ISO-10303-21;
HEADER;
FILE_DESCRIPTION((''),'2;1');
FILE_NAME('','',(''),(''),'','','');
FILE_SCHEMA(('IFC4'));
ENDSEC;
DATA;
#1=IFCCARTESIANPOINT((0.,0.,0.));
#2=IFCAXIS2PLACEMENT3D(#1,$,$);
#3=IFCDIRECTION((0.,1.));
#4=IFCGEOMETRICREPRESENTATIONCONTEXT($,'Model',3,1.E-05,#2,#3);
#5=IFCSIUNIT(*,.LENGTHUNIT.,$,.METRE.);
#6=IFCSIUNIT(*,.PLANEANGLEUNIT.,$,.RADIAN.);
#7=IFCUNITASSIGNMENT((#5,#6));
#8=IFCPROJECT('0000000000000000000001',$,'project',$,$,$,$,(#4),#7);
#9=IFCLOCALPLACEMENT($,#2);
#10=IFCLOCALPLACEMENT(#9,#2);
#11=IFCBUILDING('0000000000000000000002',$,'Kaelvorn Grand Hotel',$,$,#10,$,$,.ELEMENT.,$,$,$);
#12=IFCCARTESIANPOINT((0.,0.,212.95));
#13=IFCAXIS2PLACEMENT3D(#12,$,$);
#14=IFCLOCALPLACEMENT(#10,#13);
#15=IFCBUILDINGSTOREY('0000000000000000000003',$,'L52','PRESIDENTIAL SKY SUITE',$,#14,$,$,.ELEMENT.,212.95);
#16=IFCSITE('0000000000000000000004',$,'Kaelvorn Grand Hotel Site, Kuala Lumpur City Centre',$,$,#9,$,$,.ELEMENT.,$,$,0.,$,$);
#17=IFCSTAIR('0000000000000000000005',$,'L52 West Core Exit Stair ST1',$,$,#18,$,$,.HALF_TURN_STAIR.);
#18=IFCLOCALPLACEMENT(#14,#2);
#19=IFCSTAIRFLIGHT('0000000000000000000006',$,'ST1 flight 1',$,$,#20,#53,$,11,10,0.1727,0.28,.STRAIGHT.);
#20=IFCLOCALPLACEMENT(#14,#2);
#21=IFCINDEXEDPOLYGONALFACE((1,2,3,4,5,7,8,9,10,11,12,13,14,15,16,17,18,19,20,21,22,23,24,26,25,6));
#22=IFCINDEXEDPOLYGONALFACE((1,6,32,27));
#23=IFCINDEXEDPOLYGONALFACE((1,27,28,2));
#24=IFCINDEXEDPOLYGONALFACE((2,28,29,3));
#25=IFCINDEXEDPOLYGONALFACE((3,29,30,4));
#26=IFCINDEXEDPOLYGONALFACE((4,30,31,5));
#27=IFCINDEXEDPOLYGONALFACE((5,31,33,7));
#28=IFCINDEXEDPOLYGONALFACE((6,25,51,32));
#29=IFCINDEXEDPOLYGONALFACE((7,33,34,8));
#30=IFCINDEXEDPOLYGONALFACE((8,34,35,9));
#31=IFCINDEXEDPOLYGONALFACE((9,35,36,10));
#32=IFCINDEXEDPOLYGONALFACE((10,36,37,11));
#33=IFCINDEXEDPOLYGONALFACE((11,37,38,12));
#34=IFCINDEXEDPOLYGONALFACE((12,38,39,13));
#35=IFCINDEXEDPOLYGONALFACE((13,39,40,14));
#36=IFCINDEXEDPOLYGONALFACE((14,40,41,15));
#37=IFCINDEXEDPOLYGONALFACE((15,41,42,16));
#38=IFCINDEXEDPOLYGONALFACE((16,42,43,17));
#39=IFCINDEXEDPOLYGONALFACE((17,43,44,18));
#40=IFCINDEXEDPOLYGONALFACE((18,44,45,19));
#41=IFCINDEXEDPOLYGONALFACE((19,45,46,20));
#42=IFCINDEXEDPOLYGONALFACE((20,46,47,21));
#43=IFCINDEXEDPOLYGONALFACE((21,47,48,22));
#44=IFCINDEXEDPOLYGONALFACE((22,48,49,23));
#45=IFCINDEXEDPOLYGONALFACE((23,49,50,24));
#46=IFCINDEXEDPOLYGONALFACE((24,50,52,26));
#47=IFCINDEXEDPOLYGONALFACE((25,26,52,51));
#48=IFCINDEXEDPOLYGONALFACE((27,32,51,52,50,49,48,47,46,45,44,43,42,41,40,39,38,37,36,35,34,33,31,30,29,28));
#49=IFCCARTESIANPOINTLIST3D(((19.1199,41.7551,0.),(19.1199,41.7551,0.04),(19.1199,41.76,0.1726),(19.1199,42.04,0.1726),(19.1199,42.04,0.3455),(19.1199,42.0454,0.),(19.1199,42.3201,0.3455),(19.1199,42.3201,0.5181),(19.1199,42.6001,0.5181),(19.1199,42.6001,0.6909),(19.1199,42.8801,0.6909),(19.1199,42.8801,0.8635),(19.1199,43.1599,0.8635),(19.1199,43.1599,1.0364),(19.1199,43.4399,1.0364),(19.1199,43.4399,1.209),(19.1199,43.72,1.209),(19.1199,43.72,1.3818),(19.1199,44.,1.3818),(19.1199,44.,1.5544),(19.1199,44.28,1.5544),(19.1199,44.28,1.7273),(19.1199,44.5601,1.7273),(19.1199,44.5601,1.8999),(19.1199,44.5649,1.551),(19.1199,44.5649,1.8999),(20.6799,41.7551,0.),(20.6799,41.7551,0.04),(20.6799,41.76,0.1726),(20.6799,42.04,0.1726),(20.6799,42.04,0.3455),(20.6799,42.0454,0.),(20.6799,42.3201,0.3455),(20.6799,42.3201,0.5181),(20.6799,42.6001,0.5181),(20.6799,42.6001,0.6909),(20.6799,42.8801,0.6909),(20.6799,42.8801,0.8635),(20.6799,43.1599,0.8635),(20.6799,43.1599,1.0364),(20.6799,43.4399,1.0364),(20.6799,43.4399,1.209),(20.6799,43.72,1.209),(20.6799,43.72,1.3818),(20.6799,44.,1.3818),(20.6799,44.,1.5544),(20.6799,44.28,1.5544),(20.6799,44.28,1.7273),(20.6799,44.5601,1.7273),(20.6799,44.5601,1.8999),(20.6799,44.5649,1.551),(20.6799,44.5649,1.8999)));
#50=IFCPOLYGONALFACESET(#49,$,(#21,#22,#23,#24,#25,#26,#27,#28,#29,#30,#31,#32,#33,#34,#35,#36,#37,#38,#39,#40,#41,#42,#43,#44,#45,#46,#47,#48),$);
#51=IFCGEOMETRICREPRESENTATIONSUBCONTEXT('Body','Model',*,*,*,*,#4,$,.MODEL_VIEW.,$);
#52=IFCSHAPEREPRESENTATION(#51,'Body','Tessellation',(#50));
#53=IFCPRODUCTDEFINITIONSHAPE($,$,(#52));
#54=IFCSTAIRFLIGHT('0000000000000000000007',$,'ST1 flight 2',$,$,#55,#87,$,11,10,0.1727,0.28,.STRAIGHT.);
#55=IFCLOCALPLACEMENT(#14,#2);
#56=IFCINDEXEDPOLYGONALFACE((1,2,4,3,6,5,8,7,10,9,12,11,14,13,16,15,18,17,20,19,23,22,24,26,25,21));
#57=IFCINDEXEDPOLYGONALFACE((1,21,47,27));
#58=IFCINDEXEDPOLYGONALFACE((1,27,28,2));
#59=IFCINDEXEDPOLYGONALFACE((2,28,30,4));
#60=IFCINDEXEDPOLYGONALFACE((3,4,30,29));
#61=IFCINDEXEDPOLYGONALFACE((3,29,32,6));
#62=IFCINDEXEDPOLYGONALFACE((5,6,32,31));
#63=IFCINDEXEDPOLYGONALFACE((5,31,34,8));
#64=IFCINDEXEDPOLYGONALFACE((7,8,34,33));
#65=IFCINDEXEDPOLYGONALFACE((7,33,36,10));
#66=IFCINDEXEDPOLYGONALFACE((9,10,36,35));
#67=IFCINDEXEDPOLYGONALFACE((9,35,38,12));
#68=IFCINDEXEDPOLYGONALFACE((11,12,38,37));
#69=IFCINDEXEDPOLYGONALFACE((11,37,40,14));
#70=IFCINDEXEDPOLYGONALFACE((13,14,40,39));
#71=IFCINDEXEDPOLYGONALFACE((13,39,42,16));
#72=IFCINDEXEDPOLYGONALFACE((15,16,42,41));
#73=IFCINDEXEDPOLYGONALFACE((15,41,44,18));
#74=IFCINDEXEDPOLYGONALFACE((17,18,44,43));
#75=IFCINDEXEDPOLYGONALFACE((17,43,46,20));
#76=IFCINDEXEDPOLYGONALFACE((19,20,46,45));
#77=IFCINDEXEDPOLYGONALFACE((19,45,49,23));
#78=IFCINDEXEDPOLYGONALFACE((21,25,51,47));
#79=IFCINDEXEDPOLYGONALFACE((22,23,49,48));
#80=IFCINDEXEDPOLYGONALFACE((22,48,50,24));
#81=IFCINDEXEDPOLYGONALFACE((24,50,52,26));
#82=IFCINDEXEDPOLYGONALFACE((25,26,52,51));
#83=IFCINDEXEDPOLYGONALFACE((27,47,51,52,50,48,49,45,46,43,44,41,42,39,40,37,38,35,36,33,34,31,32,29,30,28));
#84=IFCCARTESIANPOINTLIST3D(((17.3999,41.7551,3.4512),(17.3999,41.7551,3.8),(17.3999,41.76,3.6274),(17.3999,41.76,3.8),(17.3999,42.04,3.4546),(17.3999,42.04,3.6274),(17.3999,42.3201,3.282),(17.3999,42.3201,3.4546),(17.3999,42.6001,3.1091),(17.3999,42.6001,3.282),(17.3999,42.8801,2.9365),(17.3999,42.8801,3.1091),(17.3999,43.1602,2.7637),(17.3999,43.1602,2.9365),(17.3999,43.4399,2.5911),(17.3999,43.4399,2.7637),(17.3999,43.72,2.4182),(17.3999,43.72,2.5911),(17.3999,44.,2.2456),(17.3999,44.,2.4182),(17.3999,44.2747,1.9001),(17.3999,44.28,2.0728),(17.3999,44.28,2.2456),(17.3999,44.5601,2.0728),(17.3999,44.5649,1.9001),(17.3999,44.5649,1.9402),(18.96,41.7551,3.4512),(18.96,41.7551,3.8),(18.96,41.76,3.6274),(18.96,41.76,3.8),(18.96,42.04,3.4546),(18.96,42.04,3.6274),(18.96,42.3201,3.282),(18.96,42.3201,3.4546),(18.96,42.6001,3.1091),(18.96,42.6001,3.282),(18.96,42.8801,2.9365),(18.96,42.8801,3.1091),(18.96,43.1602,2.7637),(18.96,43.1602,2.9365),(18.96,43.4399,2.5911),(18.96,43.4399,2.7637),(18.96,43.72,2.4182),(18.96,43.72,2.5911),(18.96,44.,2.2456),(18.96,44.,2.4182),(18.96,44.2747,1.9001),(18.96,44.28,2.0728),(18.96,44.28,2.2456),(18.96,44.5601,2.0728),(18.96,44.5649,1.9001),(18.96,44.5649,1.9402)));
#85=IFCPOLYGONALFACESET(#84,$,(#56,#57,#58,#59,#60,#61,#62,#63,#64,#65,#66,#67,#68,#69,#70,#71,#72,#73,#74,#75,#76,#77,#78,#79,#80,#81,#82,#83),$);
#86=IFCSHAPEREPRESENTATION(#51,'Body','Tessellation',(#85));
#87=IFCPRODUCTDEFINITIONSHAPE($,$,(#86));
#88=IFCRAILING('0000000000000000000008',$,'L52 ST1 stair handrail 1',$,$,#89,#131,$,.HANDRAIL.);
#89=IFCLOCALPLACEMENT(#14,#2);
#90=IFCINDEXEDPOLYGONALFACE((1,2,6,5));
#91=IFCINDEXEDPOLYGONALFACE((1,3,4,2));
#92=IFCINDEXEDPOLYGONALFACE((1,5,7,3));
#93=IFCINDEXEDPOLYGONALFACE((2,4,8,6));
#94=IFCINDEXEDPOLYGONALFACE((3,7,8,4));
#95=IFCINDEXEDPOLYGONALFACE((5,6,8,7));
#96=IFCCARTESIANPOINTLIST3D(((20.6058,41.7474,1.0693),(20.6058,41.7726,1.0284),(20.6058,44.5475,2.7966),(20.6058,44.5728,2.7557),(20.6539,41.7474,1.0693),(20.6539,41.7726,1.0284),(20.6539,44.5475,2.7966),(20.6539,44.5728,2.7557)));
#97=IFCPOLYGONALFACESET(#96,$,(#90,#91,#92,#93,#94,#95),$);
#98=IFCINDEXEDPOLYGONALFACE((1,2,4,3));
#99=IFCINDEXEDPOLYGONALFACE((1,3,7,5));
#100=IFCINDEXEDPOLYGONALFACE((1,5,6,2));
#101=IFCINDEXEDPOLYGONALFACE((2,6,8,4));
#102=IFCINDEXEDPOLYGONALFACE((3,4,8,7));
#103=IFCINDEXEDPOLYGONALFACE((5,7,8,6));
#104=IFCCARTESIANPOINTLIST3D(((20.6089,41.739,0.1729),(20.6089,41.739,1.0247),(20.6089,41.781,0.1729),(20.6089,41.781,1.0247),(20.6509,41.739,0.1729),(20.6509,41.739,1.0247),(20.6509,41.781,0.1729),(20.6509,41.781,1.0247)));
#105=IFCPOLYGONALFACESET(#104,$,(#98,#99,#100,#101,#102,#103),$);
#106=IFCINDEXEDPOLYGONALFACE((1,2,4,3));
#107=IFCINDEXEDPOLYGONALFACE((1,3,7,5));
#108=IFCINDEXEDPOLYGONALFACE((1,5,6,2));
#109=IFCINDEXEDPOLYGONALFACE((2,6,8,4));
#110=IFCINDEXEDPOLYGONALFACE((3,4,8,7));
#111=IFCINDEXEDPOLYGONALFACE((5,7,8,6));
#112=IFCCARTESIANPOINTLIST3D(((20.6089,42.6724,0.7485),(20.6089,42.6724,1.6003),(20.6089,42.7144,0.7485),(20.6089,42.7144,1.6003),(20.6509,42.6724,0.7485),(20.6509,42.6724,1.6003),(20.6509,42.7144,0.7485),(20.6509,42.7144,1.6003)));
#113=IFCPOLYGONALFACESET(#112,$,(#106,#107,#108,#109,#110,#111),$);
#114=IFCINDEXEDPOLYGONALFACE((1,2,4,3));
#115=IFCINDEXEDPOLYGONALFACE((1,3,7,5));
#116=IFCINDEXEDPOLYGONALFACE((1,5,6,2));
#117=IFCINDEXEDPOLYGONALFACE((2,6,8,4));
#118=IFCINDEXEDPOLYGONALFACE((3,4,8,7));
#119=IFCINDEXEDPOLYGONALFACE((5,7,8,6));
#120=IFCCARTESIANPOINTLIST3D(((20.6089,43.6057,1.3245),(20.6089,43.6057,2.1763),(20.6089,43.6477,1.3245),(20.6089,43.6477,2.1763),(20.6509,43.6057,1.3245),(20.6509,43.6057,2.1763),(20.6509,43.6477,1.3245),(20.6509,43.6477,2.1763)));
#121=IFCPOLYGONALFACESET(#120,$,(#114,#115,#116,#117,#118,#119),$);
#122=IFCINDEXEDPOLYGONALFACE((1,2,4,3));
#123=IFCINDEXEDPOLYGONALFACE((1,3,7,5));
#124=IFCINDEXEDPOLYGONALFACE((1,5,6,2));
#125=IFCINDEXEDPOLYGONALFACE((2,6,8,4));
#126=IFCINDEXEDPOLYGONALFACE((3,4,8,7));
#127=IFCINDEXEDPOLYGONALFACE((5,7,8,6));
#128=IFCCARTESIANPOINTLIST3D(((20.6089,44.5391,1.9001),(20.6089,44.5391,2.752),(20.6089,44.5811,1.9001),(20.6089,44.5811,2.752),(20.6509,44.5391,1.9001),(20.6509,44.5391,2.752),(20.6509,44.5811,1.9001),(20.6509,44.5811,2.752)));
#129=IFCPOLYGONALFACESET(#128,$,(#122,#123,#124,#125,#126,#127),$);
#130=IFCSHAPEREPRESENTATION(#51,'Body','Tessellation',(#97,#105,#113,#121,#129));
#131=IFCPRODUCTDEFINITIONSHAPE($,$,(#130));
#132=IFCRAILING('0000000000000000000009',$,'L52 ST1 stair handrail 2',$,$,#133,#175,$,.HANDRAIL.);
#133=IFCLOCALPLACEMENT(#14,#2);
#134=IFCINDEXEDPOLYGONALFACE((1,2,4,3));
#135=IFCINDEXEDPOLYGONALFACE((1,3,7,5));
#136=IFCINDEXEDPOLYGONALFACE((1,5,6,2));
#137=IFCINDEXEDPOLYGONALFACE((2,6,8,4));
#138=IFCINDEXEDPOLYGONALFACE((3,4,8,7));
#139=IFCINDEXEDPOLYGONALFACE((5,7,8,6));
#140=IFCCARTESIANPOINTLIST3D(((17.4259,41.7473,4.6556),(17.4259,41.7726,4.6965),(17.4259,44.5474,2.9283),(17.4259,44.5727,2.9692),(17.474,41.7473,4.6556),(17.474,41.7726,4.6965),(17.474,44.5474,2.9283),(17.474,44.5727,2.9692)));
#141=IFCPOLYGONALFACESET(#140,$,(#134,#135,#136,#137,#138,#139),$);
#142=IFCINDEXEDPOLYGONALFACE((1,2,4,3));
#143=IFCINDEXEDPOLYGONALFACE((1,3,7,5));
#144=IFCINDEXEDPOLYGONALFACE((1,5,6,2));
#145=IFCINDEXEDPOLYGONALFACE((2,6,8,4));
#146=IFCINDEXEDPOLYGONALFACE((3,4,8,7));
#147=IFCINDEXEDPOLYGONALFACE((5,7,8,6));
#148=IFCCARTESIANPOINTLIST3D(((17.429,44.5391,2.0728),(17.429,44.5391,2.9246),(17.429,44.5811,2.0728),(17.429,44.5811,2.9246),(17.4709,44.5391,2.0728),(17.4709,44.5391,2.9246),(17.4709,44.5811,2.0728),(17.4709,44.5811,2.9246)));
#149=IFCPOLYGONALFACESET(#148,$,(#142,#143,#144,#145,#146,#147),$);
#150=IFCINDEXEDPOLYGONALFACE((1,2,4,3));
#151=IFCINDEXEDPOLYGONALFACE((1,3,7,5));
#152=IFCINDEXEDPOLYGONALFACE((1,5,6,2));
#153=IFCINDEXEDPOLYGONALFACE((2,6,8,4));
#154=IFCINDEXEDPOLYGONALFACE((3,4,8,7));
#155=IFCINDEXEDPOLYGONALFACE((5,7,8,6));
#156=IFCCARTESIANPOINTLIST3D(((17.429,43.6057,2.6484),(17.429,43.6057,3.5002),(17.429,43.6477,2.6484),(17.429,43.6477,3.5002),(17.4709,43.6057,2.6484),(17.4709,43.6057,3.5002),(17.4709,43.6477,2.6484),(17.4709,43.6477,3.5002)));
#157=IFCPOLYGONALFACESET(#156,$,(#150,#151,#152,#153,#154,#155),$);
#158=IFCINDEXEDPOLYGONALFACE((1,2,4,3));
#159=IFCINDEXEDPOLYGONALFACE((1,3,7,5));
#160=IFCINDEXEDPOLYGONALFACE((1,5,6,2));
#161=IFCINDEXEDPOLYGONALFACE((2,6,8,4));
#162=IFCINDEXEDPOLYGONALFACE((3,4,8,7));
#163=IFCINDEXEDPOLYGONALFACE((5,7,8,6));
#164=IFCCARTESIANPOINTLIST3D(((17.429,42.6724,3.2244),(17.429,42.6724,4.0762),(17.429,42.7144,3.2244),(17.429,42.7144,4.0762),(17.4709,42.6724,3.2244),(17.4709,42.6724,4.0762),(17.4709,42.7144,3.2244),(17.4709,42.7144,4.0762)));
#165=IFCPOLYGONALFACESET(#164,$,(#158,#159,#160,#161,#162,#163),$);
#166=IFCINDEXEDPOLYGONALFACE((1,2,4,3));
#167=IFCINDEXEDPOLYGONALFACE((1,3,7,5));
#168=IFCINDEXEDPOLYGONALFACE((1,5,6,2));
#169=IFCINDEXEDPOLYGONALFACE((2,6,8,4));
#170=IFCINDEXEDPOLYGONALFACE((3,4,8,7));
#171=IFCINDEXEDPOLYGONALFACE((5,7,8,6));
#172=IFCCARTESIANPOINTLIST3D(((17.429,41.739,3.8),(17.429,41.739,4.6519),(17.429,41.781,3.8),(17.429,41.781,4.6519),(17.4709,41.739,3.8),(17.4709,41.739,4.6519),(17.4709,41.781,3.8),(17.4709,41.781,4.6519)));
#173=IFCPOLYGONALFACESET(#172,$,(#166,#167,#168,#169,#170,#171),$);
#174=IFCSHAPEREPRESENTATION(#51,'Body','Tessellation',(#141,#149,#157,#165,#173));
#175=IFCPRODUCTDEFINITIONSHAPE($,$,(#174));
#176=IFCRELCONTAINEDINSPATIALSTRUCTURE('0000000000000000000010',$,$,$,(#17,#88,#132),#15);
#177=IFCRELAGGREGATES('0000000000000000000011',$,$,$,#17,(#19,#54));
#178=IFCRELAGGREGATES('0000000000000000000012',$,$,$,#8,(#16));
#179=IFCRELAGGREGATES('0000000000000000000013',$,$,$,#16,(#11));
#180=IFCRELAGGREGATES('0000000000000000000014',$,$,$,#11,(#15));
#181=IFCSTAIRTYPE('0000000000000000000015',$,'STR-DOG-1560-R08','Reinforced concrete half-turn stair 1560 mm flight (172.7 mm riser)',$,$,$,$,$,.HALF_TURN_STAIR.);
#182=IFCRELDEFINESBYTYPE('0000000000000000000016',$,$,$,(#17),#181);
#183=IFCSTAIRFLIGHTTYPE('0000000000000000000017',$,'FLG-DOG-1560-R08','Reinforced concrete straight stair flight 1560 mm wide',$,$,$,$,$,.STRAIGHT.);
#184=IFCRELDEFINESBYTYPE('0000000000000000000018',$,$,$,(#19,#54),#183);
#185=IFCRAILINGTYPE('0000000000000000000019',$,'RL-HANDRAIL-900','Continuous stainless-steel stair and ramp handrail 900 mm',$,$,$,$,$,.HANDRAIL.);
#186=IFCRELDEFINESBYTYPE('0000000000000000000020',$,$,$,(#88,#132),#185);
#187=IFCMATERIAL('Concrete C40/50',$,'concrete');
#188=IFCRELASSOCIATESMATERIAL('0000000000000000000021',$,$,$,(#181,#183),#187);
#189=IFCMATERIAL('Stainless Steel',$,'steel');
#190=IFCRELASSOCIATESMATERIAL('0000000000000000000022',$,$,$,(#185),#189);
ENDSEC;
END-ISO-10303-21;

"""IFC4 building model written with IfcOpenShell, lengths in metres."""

from ifc_helpers import new_model, si_unit, direction, frame, origin, origin_2d, place, context, subcontext, project, spatial, polyline, rectangle, outline, extrude, material, type_object, element, aggregate, save


model = new_model("IFC4")

# Units and contexts
model_context = context("Model", 3, precision=1e-05, world=origin(), true_north=direction((0.0, 1.0)))
body_context = subcontext(model_context, "Body", "Model", "MODEL_VIEW")
ifc_project = project(units=[si_unit("LENGTHUNIT", "METRE"), si_unit("PLANEANGLEUNIT", "RADIAN")], contexts=[model_context])

# Site, building, storey
site_placement = place(None, origin())
site = spatial("IfcSite", under=ifc_project, at=site_placement, Name="Kaelvorn Grand Hotel Site, Kuala Lumpur City Centre", CompositionType="ELEMENT", RefElevation=0.0)
building_placement = place(site_placement, origin())
building = spatial("IfcBuilding", under=site, at=building_placement, Name="Kaelvorn Grand Hotel", CompositionType="ELEMENT")
storey_placement = place(building_placement, frame((0.0, 0.0, 212.95)))
storey = spatial("IfcBuildingStorey", under=building, at=storey_placement, Name="L52", Description="PRESIDENTIAL SKY SUITE", CompositionType="ELEMENT", Elevation=212.95)

# Shared definitions
ifc_material_1 = material(Name="Concrete C40/50", Category="concrete")

# Stair, stair flights
stair_type = type_object("IfcStairType", Name="STR-DOG-1560-R08", Description="Reinforced concrete half-turn stair 1560 mm flight (172.7 mm riser)", PredefinedType="HALF_TURN_STAIR", material=ifc_material_1)
stair_placement = place(storey_placement, origin())
stair = element("IfcStair", 1, at=stair_placement, inside=storey, type_object=stair_type, Name="L52 West Core Exit Stair ST1", PredefinedType="HALF_TURN_STAIR")
stair_flight_type = type_object("IfcStairFlightType", Name="FLG-DOG-1560-R08", Description="Reinforced concrete straight stair flight 1560 mm wide", PredefinedType="STRAIGHT", material=ifc_material_1)
stair_flight_1_placement = place(storey_placement, frame((19.8999, 41.76, 0.0), z_axis=(0.0, 0.0, 1.0), x_axis=(0.0, 1.0, 0.0)))
stair_flight_1 = element("IfcStairFlight", 2, at=stair_flight_1_placement, type_object=stair_flight_type, Name="ST1 flight 1", NumberOfRisers=11, NumberOfTreads=10, PredefinedType="STRAIGHT", RiserHeight=0.1727, TreadLength=0.28, context=body_context, shape_type="SweptSolid", body=[
    extrude(outline(polyline([(-0.0049, 0.0), (-0.0049, 0.04), (0.0, 0.1726), (0.28, 0.1726), (0.28, 0.3455), (0.5601, 0.3455), (0.5601, 0.5181), (0.8401, 0.5181), (0.8401, 0.6909), (1.1201, 0.6909), (1.1201, 0.8635), (1.3999, 0.8635), (1.3999, 1.0364), (1.6799, 1.0364), (1.6799, 1.209), (1.96, 1.209), (1.96, 1.3818), (2.24, 1.3818), (2.24, 1.5544), (2.52, 1.5544), (2.52, 1.7273), (2.8, 1.7273), (2.8, 1.8999), (2.8049, 1.8999), (2.8049, 1.551), (0.2854, 0.0), (-0.0049, 0.0)])), frame((0.0, 0.78, 0.0), z_axis=(0.0, -1.0, 0.0), x_axis=(1.0, 0.0, 0.0)), (0.0, 0.0, 1.0), 1.5601),
])
stair_flight_2_placement = place(storey_placement, frame((18.1799, 44.5601, 1.9001), z_axis=(0.0, 0.0, 1.0), x_axis=(0.0, -1.0, 0.0)))
stair_flight_2 = element("IfcStairFlight", 3, at=stair_flight_2_placement, type_object=stair_flight_type, Name="ST1 flight 2", NumberOfRisers=11, NumberOfTreads=10, PredefinedType="STRAIGHT", RiserHeight=0.1727, TreadLength=0.28, context=body_context, shape_type="SweptSolid", body=[
    extrude(outline(polyline([(-0.0049, 0.0), (-0.0049, 0.04), (0.0, 0.1726), (0.28, 0.1726), (0.28, 0.3455), (0.5601, 0.3455), (0.5601, 0.5181), (0.8401, 0.5181), (0.8401, 0.6909), (1.1201, 0.6909), (1.1201, 0.8635), (1.3999, 0.8635), (1.3999, 1.0364), (1.6799, 1.0364), (1.6799, 1.209), (1.96, 1.209), (1.96, 1.3818), (2.24, 1.3818), (2.24, 1.5544), (2.52, 1.5544), (2.52, 1.7273), (2.8, 1.7273), (2.8, 1.8999), (2.8049, 1.8999), (2.8049, 1.551), (0.2854, 0.0), (-0.0049, 0.0)])), frame((0.0, 0.78, 0.0), z_axis=(0.0, -1.0, 0.0), x_axis=(1.0, 0.0, 0.0)), (0.0, 0.0, 1.0), 1.5601),
])
aggregate(stair, [stair_flight_1, stair_flight_2])

# Railings
ifc_material_2 = material(Name="Stainless Steel", Category="steel")
railing_type_1 = type_object("IfcRailingType", Name="RL-HANDRAIL-900", Description="Continuous stainless-steel stair and ramp handrail 900 mm", PredefinedType="HANDRAIL", material=ifc_material_2)
railing_1_placement = place(storey_placement, frame((20.6299, 41.76, 0.1729)))
element("IfcRailing", 4, at=railing_1_placement, inside=storey, type_object=railing_type_1, Name="L52 ST1 stair handrail 1", PredefinedType="HANDRAIL", context=body_context, shape_type="SweptSolid", body=[
    extrude(rectangle(XDim=0.0481, YDim=0.0481, at=origin_2d()), frame((0.0, 0.0, 0.876), z_axis=(0.0, 0.85109, 0.52502), x_axis=(-1.0, 0.0, 0.0)), (0.0, 0.0, 1.0), 3.29),
    extrude(rectangle(XDim=0.042, YDim=0.042, at=origin_2d()), origin(), (0.0, 0.0, 1.0), 0.8518),
    extrude(rectangle(XDim=0.042, YDim=0.042, at=origin_2d()), frame((0.0, 0.9333, 0.5757)), (0.0, 0.0, 1.0), 0.8518),
    extrude(rectangle(XDim=0.042, YDim=0.042, at=origin_2d()), frame((0.0, 1.8667, 1.1516)), (0.0, 0.0, 1.0), 0.8518),
    extrude(rectangle(XDim=0.042, YDim=0.042, at=origin_2d()), frame((0.0, 2.8, 1.7273)), (0.0, 0.0, 1.0), 0.8518),
])
railing_2_placement = place(storey_placement, frame((17.45, 44.5601, 2.0728)))
element("IfcRailing", 5, at=railing_2_placement, inside=storey, type_object=railing_type_1, Name="L52 ST1 stair handrail 2", PredefinedType="HANDRAIL", context=body_context, shape_type="SweptSolid", body=[
    extrude(rectangle(XDim=0.0481, YDim=0.0481, at=origin_2d()), frame((0.0, 0.0, 0.876), z_axis=(0.0, -0.85109, 0.52502), x_axis=(1.0, 0.0, 0.0)), (0.0, 0.0, 1.0), 3.29),
    extrude(rectangle(XDim=0.042, YDim=0.042, at=origin_2d()), origin(), (0.0, 0.0, 1.0), 0.8518),
    extrude(rectangle(XDim=0.042, YDim=0.042, at=origin_2d()), frame((0.0, -0.9333, 0.5757)), (0.0, 0.0, 1.0), 0.8518),
    extrude(rectangle(XDim=0.042, YDim=0.042, at=origin_2d()), frame((0.0, -1.8667, 1.1516)), (0.0, 0.0, 1.0), 0.8518),
    extrude(rectangle(XDim=0.042, YDim=0.042, at=origin_2d()), frame((0.0, -2.8, 1.7273)), (0.0, 0.0, 1.0), 0.8518),
])

save(model, "model.ifc")
